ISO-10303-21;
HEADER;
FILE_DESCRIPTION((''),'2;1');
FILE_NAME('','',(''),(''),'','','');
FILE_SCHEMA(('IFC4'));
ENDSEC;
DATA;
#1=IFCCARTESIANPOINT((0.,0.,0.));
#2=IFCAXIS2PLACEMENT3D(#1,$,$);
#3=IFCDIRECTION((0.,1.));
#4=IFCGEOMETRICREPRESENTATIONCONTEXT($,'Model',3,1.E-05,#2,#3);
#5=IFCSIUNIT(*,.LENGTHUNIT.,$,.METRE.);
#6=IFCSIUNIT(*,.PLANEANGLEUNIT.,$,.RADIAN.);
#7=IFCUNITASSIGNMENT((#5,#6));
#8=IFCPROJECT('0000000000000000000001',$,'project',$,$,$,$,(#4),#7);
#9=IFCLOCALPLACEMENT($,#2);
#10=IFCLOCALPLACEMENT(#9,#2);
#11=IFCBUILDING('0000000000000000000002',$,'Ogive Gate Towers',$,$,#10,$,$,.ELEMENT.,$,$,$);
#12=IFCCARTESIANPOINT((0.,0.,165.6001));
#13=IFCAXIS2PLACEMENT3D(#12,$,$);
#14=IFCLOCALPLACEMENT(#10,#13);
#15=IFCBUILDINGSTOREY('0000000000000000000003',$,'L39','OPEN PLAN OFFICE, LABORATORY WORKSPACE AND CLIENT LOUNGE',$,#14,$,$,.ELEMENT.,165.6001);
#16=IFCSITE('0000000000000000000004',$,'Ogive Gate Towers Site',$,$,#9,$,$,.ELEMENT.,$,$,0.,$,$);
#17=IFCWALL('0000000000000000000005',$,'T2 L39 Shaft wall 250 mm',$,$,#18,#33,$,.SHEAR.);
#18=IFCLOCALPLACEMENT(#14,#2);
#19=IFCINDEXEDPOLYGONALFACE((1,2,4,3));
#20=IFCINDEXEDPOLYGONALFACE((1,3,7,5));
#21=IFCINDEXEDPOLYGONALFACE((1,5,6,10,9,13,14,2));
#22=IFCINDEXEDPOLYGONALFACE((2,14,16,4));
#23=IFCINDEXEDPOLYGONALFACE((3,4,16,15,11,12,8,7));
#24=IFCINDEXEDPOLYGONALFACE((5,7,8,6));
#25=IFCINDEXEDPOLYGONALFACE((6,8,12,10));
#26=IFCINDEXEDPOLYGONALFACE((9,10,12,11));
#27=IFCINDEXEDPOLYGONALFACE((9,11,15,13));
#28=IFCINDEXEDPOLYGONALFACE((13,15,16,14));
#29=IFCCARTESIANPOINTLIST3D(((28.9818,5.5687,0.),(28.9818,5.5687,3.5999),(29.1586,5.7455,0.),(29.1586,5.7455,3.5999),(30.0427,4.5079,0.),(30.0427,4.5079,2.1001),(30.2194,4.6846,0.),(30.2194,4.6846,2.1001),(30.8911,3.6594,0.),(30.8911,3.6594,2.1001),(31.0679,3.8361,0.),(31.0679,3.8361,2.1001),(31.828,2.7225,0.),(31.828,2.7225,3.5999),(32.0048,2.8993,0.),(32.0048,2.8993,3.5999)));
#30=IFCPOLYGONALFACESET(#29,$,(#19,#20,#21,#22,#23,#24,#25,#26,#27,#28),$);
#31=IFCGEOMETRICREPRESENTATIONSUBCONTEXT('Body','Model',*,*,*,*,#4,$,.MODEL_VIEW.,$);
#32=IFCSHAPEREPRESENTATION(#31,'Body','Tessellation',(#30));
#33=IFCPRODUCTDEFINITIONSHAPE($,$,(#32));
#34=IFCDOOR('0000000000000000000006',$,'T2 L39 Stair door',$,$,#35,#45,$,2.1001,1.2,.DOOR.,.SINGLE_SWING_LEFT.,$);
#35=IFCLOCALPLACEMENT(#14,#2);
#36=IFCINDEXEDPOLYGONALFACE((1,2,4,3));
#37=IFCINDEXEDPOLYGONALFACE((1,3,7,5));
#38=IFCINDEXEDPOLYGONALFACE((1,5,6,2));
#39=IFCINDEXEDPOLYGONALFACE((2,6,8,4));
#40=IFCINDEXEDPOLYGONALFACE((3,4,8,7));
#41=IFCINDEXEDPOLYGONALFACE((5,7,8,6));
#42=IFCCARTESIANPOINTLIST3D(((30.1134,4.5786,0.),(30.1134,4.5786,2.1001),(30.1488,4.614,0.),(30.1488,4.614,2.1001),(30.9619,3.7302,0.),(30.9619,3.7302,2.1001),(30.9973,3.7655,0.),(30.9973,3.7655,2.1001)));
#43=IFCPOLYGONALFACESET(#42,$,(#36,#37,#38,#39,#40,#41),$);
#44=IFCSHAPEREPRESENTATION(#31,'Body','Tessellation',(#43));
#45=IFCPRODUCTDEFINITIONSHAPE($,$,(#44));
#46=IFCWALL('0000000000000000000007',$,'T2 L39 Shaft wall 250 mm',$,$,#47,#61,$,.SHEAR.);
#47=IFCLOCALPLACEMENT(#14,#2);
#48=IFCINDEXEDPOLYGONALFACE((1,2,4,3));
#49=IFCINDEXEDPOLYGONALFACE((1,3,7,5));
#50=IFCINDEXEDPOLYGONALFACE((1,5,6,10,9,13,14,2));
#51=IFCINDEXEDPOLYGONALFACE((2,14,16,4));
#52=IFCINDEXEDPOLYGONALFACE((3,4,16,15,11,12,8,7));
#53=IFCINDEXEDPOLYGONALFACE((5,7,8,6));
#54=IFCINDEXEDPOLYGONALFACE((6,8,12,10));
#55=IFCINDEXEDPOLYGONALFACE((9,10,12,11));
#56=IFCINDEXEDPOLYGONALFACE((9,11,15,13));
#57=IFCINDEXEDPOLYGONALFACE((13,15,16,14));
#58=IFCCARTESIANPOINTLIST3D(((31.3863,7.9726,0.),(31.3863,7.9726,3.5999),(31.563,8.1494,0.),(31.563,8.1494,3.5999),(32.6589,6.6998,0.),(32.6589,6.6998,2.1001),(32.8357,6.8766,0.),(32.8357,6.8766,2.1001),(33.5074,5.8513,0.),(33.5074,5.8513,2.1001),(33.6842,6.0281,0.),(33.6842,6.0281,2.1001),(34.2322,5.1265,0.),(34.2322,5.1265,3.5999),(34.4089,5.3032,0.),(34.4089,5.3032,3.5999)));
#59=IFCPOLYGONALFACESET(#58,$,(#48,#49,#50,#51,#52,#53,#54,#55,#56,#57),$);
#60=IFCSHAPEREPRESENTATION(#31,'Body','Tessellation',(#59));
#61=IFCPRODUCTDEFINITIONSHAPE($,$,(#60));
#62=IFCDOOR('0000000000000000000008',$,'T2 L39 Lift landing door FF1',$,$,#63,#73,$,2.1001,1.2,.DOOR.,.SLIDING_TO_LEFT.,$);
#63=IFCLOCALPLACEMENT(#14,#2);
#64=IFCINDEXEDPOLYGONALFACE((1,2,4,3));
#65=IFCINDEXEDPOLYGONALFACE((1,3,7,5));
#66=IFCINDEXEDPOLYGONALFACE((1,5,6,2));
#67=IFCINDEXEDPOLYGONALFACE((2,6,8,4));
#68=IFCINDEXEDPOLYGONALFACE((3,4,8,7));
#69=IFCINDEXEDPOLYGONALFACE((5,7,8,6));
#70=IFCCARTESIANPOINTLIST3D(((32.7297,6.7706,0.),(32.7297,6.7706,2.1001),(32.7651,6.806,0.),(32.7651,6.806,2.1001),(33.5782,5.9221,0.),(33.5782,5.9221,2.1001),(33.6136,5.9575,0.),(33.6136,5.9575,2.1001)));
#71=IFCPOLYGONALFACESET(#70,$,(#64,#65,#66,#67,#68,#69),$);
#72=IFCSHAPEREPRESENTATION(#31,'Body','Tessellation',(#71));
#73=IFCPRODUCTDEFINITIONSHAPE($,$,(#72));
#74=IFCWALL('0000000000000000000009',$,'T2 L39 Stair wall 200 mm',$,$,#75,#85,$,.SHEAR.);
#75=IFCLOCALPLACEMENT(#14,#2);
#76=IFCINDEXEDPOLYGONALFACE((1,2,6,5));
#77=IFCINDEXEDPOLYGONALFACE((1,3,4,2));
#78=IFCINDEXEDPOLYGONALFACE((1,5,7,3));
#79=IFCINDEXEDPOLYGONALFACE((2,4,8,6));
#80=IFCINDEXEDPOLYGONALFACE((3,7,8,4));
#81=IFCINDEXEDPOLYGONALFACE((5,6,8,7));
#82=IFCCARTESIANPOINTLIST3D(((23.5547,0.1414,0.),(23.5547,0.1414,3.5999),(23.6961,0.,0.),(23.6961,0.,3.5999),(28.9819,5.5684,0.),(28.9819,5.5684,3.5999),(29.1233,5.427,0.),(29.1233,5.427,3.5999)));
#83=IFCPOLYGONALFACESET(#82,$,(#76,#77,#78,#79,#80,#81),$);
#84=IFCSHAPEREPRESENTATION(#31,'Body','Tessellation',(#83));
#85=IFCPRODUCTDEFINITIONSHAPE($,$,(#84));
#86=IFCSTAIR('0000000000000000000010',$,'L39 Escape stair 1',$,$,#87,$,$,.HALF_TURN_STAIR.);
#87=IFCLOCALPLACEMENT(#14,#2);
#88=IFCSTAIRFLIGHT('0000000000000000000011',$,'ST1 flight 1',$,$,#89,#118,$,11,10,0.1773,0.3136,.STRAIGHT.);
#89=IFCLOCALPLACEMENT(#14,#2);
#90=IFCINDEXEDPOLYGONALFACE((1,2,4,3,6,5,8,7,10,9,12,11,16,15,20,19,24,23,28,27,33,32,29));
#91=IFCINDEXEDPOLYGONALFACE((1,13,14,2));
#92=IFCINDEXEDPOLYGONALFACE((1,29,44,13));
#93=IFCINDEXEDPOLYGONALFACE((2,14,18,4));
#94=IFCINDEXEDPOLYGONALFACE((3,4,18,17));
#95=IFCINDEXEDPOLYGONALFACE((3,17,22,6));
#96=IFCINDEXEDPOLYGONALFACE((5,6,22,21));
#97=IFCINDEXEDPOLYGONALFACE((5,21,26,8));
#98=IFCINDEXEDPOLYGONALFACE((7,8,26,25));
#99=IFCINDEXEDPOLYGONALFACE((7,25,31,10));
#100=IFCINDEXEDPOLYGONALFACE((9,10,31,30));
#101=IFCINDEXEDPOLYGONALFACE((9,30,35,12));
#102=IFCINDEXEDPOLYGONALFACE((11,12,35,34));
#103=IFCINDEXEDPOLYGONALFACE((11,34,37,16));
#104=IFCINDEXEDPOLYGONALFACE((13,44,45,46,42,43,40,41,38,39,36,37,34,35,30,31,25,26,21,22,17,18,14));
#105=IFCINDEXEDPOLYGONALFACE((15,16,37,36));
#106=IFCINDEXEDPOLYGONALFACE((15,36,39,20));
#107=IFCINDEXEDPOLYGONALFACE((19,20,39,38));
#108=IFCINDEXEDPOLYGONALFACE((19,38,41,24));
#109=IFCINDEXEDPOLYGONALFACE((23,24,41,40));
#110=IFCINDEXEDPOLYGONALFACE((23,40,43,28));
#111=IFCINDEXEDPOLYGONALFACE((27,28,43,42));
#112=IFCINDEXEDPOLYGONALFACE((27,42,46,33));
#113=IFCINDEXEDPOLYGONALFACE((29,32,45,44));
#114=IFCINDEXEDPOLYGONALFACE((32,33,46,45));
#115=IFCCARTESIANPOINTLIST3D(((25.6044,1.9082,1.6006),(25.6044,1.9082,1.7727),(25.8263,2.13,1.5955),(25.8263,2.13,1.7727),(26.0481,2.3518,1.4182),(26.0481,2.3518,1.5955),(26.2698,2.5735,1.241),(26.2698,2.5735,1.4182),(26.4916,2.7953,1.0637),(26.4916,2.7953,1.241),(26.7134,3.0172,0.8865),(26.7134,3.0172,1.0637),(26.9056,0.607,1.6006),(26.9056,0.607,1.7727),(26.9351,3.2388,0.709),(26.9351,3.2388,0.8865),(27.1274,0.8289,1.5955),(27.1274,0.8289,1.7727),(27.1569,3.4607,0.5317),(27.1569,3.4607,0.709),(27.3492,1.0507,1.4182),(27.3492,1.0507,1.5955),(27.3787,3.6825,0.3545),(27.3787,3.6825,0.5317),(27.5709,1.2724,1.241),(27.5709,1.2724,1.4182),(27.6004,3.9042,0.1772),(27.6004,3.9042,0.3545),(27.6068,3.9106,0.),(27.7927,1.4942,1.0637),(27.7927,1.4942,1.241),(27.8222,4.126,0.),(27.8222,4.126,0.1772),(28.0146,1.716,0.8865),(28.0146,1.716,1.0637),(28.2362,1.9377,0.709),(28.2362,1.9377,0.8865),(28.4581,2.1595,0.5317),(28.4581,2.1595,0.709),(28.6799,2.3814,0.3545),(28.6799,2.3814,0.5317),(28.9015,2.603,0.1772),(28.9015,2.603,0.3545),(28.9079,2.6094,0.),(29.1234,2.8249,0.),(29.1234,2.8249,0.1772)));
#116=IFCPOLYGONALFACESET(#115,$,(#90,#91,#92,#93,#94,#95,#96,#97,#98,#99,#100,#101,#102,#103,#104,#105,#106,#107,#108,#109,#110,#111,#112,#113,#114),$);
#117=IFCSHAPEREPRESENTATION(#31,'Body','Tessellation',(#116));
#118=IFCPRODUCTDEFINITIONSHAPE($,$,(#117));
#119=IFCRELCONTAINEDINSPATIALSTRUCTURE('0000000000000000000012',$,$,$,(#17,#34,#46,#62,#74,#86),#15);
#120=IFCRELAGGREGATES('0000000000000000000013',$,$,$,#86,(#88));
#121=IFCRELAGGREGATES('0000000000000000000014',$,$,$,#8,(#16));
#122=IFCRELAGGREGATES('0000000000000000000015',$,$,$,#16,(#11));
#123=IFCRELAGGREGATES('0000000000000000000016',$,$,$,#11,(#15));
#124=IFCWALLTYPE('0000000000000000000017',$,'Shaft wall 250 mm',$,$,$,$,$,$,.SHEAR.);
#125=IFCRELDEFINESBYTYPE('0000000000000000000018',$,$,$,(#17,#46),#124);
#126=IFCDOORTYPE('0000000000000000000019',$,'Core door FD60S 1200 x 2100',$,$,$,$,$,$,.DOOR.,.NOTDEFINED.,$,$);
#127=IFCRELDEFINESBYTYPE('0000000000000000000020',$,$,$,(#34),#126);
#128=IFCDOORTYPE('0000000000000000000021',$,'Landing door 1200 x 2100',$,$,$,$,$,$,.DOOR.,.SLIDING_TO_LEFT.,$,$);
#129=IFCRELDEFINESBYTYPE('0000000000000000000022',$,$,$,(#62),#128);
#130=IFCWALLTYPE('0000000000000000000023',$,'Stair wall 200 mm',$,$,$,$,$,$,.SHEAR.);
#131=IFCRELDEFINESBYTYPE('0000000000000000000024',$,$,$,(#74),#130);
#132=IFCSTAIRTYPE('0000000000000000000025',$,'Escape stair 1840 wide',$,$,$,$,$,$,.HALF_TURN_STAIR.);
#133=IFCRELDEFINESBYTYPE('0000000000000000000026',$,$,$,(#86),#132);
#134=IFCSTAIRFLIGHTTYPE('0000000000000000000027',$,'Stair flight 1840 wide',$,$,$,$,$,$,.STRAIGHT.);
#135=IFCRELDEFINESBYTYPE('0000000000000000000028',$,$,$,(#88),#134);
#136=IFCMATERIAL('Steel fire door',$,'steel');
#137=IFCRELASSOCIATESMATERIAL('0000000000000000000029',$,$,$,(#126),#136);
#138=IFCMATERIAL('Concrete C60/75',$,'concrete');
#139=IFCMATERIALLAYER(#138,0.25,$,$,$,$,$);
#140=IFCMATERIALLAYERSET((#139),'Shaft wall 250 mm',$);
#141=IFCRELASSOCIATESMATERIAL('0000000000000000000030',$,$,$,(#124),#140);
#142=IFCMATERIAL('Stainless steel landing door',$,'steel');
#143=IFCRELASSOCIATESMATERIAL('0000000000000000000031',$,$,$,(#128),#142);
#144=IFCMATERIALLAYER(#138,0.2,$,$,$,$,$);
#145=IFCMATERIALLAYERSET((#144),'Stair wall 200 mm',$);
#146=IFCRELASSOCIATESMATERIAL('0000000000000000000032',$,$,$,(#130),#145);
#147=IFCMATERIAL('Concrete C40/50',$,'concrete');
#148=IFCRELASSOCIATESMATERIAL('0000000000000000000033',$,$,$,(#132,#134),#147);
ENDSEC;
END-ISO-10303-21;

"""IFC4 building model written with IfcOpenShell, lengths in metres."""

from ifc_helpers import new_model, si_unit, direction, frame, frame_2d, origin, place, context, subcontext, project, spatial, polyline, rectangle, outline, extrude, material, layer, layer_set, type_object, element, fill, aggregate, save


model = new_model("IFC4")

# Units and contexts
model_context = context("Model", 3, precision=1e-05, world=origin(), true_north=direction((0.0, 1.0)))
body_context = subcontext(model_context, "Body", "Model", "MODEL_VIEW")
ifc_project = project(units=[si_unit("LENGTHUNIT", "METRE"), si_unit("PLANEANGLEUNIT", "RADIAN")], contexts=[model_context])

# Site, building, storey
site_placement = place(None, origin())
site = spatial("IfcSite", under=ifc_project, at=site_placement, Name="Ogive Gate Towers Site", CompositionType="ELEMENT", RefElevation=0.0)
building_placement = place(site_placement, origin())
building = spatial("IfcBuilding", under=site, at=building_placement, Name="Ogive Gate Towers", CompositionType="ELEMENT")
storey_placement = place(building_placement, frame((0.0, 0.0, 165.6001)))
storey = spatial("IfcBuildingStorey", under=building, at=storey_placement, Name="L39", Description="OPEN PLAN OFFICE, LABORATORY WORKSPACE AND CLIENT LOUNGE", CompositionType="ELEMENT", Elevation=165.6001)

# Shared definitions
ifc_material_1 = material(Name="Concrete C40/50", Category="concrete")

# Shared definitions
ifc_material_2 = material(Name="Concrete C60/75", Category="concrete")
ifc_material_3 = material(Name="Steel fire door", Category="steel")
door_type_1 = type_object("IfcDoorType", Name="Core door FD60S 1200 x 2100", OperationType="NOTDEFINED", PredefinedType="DOOR", material=ifc_material_3)

# Shared definitions
ifc_layer_1 = layer(ifc_material_2, 0.25)
ifc_layer_set_1 = layer_set([ifc_layer_1], Name="Shaft wall 250 mm")
wall_type_1 = type_object("IfcWallType", Name="Shaft wall 250 mm", PredefinedType="SHEAR", material=ifc_layer_set_1)

# Walls, openings, doors
wall_1_placement = place(storey_placement, frame((31.9165, 2.8108, 0.0), z_axis=(0.0, 0.0, 1.0), x_axis=(-0.707107, 0.707107, 0.0)))
wall_1 = element("IfcWall", 1, at=wall_1_placement, inside=storey, type_object=wall_type_1, Name="T2 L39 Shaft wall 250 mm", PredefinedType="SHEAR", context=body_context, shape_type="SweptSolid", body=[
    extrude(rectangle(XDim=4.0251, YDim=0.25, at=frame_2d((2.0127, 0.0))), origin(), (0.0, 0.0, 1.0), 3.5999),
])
opening_1_placement = place(wall_1_placement, frame((1.325, 0.0, 0.0)))
opening_1 = element("IfcOpeningElement", 2, at=opening_1_placement, cuts=wall_1, PredefinedType="OPENING", context=body_context, shape_type="SweptSolid", body=[
    extrude(rectangle(XDim=1.2, YDim=2.1001, at=frame_2d((0.6001, 1.05))), frame((0.0, 0.135, 0.0), z_axis=(0.0, -1.0, 0.0), x_axis=(1.0, 0.0, 0.0)), (0.0, 0.0, 1.0), 0.27),
])
door_1_placement = place(opening_1_placement, origin())
door_1 = element("IfcDoor", 3, at=door_1_placement, inside=storey, type_object=door_type_1, Name="T2 L39 Stair door", OperationType="SINGLE_SWING_LEFT", OverallHeight=2.1001, OverallWidth=1.2, PredefinedType="DOOR", context=body_context, shape_type="SweptSolid", body=[
    extrude(rectangle(XDim=1.2, YDim=2.1001, at=frame_2d((0.6001, 1.05))), frame((0.0, 0.0249, 0.0), z_axis=(0.0, -1.0, 0.0), x_axis=(1.0, 0.0, 0.0)), (0.0, 0.0, 1.0), 0.05),
])
fill(opening_1, door_1)
wall_2_placement = place(storey_placement, frame((34.3206, 5.2148, 0.0), z_axis=(0.0, 0.0, 1.0), x_axis=(-0.707076, 0.707137, 0.0)))
wall_2 = element("IfcWall", 4, at=wall_2_placement, inside=storey, type_object=wall_type_1, Name="T2 L39 Shaft wall 250 mm", PredefinedType="SHEAR", context=body_context, shape_type="SweptSolid", body=[
    extrude(rectangle(XDim=4.0249, YDim=0.25, at=frame_2d((2.0125, 0.0))), origin(), (0.0, 0.0, 1.0), 3.5999),
])
opening_2_placement = place(wall_2_placement, frame((1.0249, 0.0, 0.0)))
opening_2 = element("IfcOpeningElement", 5, at=opening_2_placement, cuts=wall_2, PredefinedType="OPENING", context=body_context, shape_type="SweptSolid", body=[
    extrude(rectangle(XDim=1.2, YDim=2.1001, at=frame_2d((0.6001, 1.05))), frame((0.0, 0.135, 0.0), z_axis=(0.0, -1.0, 0.0), x_axis=(1.0, 0.0, 0.0)), (0.0, 0.0, 1.0), 0.27),
])
ifc_material_4 = material(Name="Stainless steel landing door", Category="steel")
door_type_2 = type_object("IfcDoorType", Name="Landing door 1200 x 2100", OperationType="SLIDING_TO_LEFT", PredefinedType="DOOR", material=ifc_material_4)
door_2_placement = place(opening_2_placement, origin())
door_2 = element("IfcDoor", 6, at=door_2_placement, inside=storey, type_object=door_type_2, Name="T2 L39 Lift landing door FF1", OperationType="SLIDING_TO_LEFT", OverallHeight=2.1001, OverallWidth=1.2, PredefinedType="DOOR", context=body_context, shape_type="SweptSolid", body=[
    extrude(rectangle(XDim=1.2, YDim=2.1001, at=frame_2d((0.6001, 1.05))), frame((0.0, 0.0249, 0.0), z_axis=(0.0, -1.0, 0.0), x_axis=(1.0, 0.0, 0.0)), (0.0, 0.0, 1.0), 0.05),
])
fill(opening_2, door_2)

# Wall
ifc_layer_2 = layer(ifc_material_2, 0.2)
ifc_layer_set_2 = layer_set([ifc_layer_2], Name="Stair wall 200 mm")
wall_type_2 = type_object("IfcWallType", Name="Stair wall 200 mm", PredefinedType="SHEAR", material=ifc_layer_set_2)
wall_3_placement = place(storey_placement, frame((23.6255, 0.0708, 0.0), z_axis=(0.0, 0.0, 1.0), x_axis=(0.707123, 0.707091, 0.0)))
element("IfcWall", 7, at=wall_3_placement, inside=storey, type_object=wall_type_2, Name="T2 L39 Stair wall 200 mm", PredefinedType="SHEAR", context=body_context, shape_type="SweptSolid", body=[
    extrude(rectangle(XDim=7.675, YDim=0.2, at=frame_2d((3.8374, 0.0))), origin(), (0.0, 0.0, 1.0), 3.5999),
])

# Stair, stair flight
stair_type = type_object("IfcStairType", Name="Escape stair 1840 wide", PredefinedType="HALF_TURN_STAIR", material=ifc_material_1)
stair_placement = place(storey_placement, origin())
stair = element("IfcStair", 8, at=stair_placement, inside=storey, type_object=stair_type, Name="L39 Escape stair 1", PredefinedType="HALF_TURN_STAIR")
stair_flight_type = type_object("IfcStairFlightType", Name="Stair flight 1840 wide", PredefinedType="STRAIGHT", material=ifc_material_1)
stair_flight_placement = place(storey_placement, frame((28.4729, 3.4753, 0.0), z_axis=(0.0, 0.0, 1.0), x_axis=(-0.707107, -0.707107, 0.0)))
stair_flight = element("IfcStairFlight", 9, at=stair_flight_placement, type_object=stair_flight_type, Name="ST1 flight 1", NumberOfRisers=11, NumberOfTreads=10, PredefinedType="STRAIGHT", RiserHeight=0.1773, TreadLength=0.3136, context=body_context, shape_type="SweptSolid", body=[
    extrude(outline(polyline([(0.0, 0.0), (0.0, 0.1772), (0.3137, 0.1772), (0.3137, 0.3545), (0.6272, 0.3545), (0.6272, 0.5317), (0.9409, 0.5317), (0.9409, 0.709), (1.2546, 0.709), (1.2546, 0.8865), (1.5681, 0.8865), (1.5681, 1.0637), (1.8818, 1.0637), (1.8818, 1.241), (2.1956, 1.241), (2.1956, 1.4182), (2.509, 1.4182), (2.509, 1.5955), (2.8228, 1.5955), (2.8228, 1.7727), (3.1365, 1.7727), (3.1365, 1.95), (3.1365, 1.6006), (0.3047, 0.0), (0.0, 0.0)])), frame((0.0, 0.9199, 0.0), z_axis=(0.0, -1.0, 0.0), x_axis=(1.0, 0.0, 0.0)), (0.0, 0.0, 1.0), 1.8401),
])
aggregate(stair, [stair_flight])

save(model, "model.ifc")
